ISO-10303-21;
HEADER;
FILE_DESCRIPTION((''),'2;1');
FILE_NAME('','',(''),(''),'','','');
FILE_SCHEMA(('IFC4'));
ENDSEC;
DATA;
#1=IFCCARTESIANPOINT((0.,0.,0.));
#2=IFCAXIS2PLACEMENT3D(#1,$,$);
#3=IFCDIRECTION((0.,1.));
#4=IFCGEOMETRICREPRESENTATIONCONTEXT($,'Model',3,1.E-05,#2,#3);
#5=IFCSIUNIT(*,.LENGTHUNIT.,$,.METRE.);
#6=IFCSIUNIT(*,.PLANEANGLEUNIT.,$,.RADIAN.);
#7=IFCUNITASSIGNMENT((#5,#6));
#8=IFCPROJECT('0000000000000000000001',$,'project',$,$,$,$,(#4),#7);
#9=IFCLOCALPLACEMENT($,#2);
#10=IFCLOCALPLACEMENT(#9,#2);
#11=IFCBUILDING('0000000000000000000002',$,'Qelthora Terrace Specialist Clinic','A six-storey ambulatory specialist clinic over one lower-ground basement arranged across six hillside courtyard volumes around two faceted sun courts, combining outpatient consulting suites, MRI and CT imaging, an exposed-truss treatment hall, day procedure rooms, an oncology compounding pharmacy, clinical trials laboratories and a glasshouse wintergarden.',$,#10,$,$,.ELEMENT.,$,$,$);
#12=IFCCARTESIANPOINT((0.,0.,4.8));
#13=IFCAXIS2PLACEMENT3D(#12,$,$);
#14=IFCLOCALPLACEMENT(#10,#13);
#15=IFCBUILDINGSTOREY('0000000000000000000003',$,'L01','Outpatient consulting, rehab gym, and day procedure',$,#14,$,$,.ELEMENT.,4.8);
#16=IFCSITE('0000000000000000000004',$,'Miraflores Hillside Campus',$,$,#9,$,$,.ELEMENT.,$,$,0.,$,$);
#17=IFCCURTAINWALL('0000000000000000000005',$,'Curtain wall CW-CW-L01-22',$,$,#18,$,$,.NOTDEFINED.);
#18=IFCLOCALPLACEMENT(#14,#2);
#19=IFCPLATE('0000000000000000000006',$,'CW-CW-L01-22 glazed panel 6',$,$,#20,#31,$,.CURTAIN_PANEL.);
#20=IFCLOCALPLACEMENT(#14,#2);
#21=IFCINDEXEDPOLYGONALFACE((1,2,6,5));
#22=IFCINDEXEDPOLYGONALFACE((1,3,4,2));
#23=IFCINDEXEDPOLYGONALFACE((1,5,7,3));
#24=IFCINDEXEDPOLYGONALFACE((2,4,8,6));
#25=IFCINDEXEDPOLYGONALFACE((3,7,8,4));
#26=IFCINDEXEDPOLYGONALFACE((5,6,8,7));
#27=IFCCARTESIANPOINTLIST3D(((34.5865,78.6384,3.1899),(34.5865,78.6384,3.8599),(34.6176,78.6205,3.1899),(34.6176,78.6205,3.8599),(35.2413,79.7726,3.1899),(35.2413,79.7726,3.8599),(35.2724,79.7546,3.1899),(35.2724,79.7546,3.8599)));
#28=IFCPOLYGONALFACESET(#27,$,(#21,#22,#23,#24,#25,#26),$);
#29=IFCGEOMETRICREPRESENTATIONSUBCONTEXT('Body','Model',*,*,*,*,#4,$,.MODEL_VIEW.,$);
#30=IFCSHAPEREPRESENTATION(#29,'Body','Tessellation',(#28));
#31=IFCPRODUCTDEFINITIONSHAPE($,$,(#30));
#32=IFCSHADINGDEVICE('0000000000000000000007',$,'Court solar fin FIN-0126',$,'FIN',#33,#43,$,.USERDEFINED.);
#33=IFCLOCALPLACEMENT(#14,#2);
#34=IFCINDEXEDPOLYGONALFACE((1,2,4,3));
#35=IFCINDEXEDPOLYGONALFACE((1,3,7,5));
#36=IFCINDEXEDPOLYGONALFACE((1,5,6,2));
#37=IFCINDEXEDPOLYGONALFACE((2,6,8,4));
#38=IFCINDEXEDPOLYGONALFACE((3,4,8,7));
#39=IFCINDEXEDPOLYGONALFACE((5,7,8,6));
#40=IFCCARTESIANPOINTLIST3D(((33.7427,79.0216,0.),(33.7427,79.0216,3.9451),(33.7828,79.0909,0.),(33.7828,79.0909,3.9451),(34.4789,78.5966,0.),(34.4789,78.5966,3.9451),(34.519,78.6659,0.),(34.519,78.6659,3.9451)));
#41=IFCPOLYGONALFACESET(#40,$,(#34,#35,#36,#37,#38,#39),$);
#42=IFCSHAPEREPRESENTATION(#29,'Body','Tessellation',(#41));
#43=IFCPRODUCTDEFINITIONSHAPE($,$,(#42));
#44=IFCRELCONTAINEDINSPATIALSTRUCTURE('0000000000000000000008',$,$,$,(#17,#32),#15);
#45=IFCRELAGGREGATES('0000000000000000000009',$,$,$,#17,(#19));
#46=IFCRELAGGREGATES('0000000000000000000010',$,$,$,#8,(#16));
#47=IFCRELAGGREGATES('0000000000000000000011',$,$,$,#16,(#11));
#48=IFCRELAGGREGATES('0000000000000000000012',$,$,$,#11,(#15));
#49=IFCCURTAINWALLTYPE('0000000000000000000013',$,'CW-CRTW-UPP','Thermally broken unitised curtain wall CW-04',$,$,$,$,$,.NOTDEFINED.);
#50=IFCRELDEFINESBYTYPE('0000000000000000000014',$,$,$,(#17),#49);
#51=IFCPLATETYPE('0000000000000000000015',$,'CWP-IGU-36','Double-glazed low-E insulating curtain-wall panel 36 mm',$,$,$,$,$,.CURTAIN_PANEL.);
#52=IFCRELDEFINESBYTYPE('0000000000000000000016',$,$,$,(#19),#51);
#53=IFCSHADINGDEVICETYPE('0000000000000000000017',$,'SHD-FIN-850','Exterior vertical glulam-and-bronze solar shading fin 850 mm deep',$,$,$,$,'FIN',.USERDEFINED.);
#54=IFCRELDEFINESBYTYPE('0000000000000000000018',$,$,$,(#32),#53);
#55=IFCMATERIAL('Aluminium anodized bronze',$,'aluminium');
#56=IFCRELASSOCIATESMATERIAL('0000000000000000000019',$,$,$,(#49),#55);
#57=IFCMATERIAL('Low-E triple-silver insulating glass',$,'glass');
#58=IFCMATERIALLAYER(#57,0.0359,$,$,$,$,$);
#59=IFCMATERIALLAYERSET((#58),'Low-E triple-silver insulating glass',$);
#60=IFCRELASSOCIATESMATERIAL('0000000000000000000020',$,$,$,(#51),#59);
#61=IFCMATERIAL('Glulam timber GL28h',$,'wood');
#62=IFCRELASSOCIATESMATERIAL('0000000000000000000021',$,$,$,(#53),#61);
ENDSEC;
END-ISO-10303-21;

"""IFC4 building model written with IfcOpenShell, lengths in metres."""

from ifc_helpers import new_model, si_unit, direction, frame, origin, origin_2d, place, context, subcontext, project, spatial, rectangle, extrude, material, layer, layer_set, type_object, element, aggregate, save


model = new_model("IFC4")

# Units and contexts
model_context = context("Model", 3, precision=1e-05, world=origin(), true_north=direction((0.0, 1.0)))
body_context = subcontext(model_context, "Body", "Model", "MODEL_VIEW")
ifc_project = project(units=[si_unit("LENGTHUNIT", "METRE"), si_unit("PLANEANGLEUNIT", "RADIAN")], contexts=[model_context])

# Site, building, storey
site_placement = place(None, origin())
site = spatial("IfcSite", under=ifc_project, at=site_placement, Name="Miraflores Hillside Campus", CompositionType="ELEMENT", RefElevation=0.0)
building_placement = place(site_placement, origin())
building = spatial("IfcBuilding", under=site, at=building_placement, Name="Qelthora Terrace Specialist Clinic", Description="A six-storey ambulatory specialist clinic over one lower-ground basement arranged across six hillside courtyard volumes around two faceted sun courts, combining outpatient consulting suites, MRI and CT imaging, an exposed-truss treatment hall, day procedure rooms, an oncology compounding pharmacy, clinical trials laboratories and a glasshouse wintergarden.", CompositionType="ELEMENT")
storey_placement = place(building_placement, frame((0.0, 0.0, 4.8)))
storey = spatial("IfcBuildingStorey", under=building, at=storey_placement, Name="L01", Description="Outpatient consulting, rehab gym, and day procedure", CompositionType="ELEMENT", Elevation=4.8)

# Shared definitions
ifc_material_1 = material(Name="Aluminium anodized bronze", Category="aluminium")
curtain_wall_type = type_object("IfcCurtainWallType", Name="CW-CRTW-UPP", Description="Thermally broken unitised curtain wall CW-04", PredefinedType="NOTDEFINED", material=ifc_material_1)

# Curtain wall
curtain_wall_1_placement = place(storey_placement, origin())
curtain_wall_1 = element("IfcCurtainWall", 1, at=curtain_wall_1_placement, inside=storey, type_object=curtain_wall_type, Name="Curtain wall CW-CW-L01-22", PredefinedType="NOTDEFINED")

# Plate
ifc_material_2 = material(Name="Low-E triple-silver insulating glass", Category="glass")
ifc_layer = layer(ifc_material_2, 0.0359)
ifc_layer_set = layer_set([ifc_layer], Name="Low-E triple-silver insulating glass")
plate_type = type_object("IfcPlateType", Name="CWP-IGU-36", Description="Double-glazed low-E insulating curtain-wall panel 36 mm", PredefinedType="CURTAIN_PANEL", material=ifc_layer_set)
plate_1_placement = place(storey_placement, frame((34.9294, 79.1965, 3.1899), z_axis=(0.0, 0.0, 1.0), x_axis=(0.5, 0.866025, 0.0)))
plate_1 = element("IfcPlate", 2, at=plate_1_placement, type_object=plate_type, Name="CW-CW-L01-22 glazed panel 6", PredefinedType="CURTAIN_PANEL", context=body_context, shape_type="SweptSolid", body=[
    extrude(rectangle(XDim=1.3096, YDim=0.0359, at=origin_2d()), origin(), (0.0, 0.0, 1.0), 0.6699),
])
aggregate(curtain_wall_1, [plate_1])

# Shading device
ifc_material_3 = material(Name="Glulam timber GL28h", Category="wood")
shading_device_type = type_object("IfcShadingDeviceType", Name="SHD-FIN-850", Description="Exterior vertical glulam-and-bronze solar shading fin 850 mm deep", ElementType="FIN", PredefinedType="USERDEFINED", material=ifc_material_3)
shading_device_placement = place(storey_placement, frame((34.1309, 78.8438, 0.0), z_axis=(0.0, 0.0, 1.0), x_axis=(-0.866025, 0.5, 0.0)))
element("IfcShadingDevice", 3, at=shading_device_placement, inside=storey, type_object=shading_device_type, Name="Court solar fin FIN-0126", ObjectType="FIN", PredefinedType="USERDEFINED", context=body_context, shape_type="SweptSolid", body=[
    extrude(rectangle(XDim=0.8501, YDim=0.0801, at=origin_2d()), origin(), (0.0, 0.0, 1.0), 3.9451),
])

save(model, "model.ifc")
